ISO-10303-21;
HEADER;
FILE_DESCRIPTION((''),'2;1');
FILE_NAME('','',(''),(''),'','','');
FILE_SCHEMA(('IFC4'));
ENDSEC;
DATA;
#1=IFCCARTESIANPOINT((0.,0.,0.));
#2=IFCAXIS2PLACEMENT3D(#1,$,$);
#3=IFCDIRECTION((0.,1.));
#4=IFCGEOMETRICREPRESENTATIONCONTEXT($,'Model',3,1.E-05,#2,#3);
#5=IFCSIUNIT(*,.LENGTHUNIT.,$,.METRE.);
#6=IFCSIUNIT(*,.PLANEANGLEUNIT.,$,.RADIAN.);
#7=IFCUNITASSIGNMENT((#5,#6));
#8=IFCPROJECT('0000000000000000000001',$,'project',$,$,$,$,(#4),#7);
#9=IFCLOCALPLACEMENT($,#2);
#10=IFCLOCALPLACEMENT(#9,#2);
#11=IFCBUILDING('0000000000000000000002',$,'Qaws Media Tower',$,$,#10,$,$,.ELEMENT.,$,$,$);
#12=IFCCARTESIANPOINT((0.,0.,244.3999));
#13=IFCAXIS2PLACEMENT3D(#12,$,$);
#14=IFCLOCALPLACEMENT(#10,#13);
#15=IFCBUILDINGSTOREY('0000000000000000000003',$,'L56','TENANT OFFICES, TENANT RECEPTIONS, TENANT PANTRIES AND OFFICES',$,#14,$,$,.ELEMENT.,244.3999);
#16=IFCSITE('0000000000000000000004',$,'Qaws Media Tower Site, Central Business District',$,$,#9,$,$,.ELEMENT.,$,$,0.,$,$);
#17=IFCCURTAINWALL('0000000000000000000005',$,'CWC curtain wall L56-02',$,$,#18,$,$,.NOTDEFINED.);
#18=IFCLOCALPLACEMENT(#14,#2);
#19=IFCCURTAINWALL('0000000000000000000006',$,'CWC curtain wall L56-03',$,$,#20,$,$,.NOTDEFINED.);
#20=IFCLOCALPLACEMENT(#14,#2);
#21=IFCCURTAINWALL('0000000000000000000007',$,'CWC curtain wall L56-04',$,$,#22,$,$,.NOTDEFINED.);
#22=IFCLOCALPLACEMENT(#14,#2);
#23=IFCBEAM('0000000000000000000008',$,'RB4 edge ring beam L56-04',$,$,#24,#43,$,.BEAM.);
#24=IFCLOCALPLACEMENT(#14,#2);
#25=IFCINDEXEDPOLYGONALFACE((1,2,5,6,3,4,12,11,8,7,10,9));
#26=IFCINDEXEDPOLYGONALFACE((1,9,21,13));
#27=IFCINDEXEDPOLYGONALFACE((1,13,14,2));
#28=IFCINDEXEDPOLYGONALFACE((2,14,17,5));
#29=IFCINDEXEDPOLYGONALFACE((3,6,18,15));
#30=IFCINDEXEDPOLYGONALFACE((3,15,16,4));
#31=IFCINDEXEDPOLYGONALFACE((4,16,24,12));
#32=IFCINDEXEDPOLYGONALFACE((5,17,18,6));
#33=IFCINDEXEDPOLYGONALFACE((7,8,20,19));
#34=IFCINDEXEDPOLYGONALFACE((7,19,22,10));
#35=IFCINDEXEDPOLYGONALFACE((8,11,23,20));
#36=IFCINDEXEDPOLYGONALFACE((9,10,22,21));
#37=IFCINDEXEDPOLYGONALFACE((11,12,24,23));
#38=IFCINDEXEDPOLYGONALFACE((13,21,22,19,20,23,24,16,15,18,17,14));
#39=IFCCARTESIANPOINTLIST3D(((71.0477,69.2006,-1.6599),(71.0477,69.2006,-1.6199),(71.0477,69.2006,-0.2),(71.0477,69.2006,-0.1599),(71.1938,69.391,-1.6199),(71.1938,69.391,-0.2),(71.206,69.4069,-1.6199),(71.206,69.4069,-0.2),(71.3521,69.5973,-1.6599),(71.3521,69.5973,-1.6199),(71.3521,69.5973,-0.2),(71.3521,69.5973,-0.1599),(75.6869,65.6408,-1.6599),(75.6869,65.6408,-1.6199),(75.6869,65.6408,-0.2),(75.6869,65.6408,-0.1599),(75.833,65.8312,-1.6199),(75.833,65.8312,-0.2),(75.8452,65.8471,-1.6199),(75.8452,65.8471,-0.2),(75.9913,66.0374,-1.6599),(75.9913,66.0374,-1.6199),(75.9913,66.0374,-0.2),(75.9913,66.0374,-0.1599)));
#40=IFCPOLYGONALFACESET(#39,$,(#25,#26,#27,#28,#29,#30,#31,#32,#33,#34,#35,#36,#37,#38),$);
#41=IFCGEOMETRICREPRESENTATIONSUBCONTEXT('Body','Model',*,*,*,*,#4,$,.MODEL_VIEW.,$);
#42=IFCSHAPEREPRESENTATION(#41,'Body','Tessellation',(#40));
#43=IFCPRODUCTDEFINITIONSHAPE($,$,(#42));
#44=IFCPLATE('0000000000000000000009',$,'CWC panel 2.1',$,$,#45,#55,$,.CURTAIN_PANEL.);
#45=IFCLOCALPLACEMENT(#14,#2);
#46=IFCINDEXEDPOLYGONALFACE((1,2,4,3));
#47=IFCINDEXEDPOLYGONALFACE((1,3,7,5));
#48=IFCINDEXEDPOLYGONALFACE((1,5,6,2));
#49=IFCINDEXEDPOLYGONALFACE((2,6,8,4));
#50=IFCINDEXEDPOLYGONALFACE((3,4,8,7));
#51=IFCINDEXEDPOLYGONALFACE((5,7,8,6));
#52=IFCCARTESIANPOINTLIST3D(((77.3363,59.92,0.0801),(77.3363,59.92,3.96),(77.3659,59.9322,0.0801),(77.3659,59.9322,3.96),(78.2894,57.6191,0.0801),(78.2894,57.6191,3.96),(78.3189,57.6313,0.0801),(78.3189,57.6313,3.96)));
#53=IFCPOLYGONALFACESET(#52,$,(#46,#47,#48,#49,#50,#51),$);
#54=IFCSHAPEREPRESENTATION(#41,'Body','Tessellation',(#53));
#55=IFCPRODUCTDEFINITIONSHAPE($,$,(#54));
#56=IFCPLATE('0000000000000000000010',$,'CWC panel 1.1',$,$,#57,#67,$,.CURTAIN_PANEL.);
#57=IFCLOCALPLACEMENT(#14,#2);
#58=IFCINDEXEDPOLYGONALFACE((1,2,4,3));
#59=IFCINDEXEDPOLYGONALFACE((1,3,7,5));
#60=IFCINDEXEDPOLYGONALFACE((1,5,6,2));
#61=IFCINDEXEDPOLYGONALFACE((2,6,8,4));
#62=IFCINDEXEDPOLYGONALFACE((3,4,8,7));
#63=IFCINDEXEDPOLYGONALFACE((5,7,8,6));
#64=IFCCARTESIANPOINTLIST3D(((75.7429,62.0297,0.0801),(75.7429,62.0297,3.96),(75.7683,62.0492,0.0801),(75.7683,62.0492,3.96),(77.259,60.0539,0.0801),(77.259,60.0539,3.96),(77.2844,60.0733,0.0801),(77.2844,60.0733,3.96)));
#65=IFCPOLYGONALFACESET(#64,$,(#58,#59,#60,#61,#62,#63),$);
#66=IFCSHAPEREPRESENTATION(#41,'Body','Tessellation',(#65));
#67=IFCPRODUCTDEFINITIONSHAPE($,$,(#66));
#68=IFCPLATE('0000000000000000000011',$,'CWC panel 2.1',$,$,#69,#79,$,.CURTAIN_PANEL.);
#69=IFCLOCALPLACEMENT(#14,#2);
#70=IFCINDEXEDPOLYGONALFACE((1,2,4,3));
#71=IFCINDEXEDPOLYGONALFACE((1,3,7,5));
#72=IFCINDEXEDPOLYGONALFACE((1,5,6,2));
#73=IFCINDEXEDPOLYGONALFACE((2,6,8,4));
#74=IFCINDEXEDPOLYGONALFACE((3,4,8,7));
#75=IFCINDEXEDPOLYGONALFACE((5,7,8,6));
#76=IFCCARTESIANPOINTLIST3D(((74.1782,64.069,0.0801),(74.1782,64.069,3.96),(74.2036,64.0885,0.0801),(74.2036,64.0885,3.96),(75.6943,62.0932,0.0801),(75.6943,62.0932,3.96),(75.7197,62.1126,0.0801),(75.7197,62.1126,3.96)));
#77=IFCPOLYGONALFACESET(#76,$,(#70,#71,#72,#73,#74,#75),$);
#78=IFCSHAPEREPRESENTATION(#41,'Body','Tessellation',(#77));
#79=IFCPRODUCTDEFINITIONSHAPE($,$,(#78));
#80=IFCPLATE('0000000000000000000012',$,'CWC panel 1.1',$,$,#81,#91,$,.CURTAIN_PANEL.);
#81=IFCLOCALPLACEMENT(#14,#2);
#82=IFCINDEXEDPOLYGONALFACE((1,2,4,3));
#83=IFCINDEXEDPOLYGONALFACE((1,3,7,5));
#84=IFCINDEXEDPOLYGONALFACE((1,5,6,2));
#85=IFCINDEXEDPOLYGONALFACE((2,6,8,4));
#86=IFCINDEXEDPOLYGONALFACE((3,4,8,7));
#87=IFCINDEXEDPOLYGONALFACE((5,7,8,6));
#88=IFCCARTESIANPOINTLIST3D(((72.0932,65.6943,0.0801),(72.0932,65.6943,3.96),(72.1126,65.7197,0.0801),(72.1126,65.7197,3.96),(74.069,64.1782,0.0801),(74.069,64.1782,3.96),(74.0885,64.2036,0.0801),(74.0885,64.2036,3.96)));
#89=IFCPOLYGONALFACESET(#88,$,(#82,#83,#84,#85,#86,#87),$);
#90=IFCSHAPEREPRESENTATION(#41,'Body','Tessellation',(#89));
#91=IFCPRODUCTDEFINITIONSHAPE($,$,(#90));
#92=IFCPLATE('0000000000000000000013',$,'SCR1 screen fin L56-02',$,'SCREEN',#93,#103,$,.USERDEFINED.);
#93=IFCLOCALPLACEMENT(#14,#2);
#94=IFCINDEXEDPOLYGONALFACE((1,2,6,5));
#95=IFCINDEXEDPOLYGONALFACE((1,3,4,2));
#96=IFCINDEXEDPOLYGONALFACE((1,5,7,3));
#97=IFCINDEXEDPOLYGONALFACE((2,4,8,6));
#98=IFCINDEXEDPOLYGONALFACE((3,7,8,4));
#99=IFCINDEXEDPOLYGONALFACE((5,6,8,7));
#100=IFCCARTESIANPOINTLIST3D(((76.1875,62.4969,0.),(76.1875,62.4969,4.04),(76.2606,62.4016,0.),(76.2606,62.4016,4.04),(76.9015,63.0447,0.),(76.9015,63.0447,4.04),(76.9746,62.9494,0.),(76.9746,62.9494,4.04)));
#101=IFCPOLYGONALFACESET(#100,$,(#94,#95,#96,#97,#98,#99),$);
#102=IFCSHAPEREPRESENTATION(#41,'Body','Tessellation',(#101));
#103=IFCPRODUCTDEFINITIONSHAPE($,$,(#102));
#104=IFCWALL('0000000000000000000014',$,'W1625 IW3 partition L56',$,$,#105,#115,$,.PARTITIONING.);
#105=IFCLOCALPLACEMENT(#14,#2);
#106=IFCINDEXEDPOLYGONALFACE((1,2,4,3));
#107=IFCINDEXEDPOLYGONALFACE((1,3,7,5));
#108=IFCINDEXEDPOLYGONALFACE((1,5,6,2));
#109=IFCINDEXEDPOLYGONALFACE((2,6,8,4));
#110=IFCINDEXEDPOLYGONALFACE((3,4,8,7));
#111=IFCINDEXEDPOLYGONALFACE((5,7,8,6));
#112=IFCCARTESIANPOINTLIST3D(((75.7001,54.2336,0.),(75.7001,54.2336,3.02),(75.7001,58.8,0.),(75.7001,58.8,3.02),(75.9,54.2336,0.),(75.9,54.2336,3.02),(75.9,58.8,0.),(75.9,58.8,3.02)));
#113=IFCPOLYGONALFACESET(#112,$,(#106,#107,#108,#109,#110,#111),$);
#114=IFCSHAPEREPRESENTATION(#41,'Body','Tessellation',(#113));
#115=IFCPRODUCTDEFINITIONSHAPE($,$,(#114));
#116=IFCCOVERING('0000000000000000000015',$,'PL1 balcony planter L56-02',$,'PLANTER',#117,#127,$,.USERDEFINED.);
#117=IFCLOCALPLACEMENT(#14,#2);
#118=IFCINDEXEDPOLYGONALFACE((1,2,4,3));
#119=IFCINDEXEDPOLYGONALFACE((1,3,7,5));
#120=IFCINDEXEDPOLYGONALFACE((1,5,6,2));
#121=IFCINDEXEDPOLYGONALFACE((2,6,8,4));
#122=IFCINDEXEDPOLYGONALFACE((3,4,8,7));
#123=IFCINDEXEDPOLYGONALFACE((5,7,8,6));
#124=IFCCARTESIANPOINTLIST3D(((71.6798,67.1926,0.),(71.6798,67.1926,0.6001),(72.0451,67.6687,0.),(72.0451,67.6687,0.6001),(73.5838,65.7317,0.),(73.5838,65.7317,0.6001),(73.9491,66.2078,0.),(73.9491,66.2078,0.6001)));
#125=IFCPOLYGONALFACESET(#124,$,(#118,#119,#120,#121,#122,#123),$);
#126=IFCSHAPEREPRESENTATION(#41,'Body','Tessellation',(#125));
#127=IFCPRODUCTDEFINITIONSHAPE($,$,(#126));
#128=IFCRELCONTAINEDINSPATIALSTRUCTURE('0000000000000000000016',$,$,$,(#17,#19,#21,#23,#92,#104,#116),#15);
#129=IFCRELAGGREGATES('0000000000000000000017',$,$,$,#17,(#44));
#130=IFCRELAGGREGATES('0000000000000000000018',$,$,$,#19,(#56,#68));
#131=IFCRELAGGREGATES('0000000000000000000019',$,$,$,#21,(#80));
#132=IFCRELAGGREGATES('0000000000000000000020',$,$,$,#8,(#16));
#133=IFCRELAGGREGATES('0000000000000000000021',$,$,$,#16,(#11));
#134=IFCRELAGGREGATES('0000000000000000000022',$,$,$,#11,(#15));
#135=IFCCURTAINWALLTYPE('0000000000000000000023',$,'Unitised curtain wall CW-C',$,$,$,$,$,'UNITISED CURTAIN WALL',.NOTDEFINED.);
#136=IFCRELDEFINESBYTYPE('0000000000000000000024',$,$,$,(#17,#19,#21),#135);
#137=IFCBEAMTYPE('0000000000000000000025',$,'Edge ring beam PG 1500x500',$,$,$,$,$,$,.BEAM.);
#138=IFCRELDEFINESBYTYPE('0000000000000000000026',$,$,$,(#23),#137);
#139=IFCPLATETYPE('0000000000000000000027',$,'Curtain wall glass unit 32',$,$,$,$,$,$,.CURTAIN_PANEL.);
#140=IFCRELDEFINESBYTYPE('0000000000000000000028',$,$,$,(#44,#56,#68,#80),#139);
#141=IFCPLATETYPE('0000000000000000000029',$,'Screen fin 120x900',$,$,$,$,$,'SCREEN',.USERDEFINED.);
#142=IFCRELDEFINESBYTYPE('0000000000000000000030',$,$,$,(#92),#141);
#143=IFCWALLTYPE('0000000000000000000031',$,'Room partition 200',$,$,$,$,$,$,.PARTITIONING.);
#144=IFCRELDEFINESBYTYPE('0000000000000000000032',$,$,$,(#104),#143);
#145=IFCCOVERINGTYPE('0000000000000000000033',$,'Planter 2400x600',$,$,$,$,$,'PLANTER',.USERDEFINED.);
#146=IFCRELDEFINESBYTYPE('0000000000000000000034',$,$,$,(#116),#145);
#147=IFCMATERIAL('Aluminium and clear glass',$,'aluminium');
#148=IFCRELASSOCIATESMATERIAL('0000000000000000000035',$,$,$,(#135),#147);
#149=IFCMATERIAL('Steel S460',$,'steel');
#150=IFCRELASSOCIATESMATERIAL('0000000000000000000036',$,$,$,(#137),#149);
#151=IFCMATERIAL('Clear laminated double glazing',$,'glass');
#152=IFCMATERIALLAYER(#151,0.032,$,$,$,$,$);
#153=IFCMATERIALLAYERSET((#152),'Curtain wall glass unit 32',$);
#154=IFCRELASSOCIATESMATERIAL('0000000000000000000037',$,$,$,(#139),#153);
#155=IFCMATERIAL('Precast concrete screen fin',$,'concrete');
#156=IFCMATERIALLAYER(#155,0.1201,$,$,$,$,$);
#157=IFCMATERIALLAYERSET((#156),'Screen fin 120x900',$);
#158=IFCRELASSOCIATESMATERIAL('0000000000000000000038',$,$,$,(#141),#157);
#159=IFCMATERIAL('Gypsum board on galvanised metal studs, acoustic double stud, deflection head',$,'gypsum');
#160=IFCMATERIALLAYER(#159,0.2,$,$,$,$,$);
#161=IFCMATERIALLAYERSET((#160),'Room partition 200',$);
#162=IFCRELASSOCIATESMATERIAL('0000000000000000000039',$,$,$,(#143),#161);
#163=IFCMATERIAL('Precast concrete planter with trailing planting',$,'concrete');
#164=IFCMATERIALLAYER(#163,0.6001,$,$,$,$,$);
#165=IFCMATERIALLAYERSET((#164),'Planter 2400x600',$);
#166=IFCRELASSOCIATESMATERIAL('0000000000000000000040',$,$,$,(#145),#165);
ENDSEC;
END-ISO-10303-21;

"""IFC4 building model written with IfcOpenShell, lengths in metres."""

from ifc_helpers import new_model, si_unit, direction, frame, frame_2d, origin, origin_2d, place, context, subcontext, project, spatial, rectangle, i_section, extrude, material, layer, layer_set, material_profile, profile_set, type_object, element, aggregate, save


model = new_model("IFC4")

# Units and contexts
model_context = context("Model", 3, precision=1e-05, world=origin(), true_north=direction((0.0, 1.0)))
body_context = subcontext(model_context, "Body", "Model", "MODEL_VIEW")
ifc_project = project(units=[si_unit("LENGTHUNIT", "METRE"), si_unit("PLANEANGLEUNIT", "RADIAN")], contexts=[model_context])

# Site, building, storey
site_placement = place(None, origin())
site = spatial("IfcSite", under=ifc_project, at=site_placement, Name="Qaws Media Tower Site, Central Business District", CompositionType="ELEMENT", RefElevation=0.0)
building_placement = place(site_placement, origin())
building = spatial("IfcBuilding", under=site, at=building_placement, Name="Qaws Media Tower", CompositionType="ELEMENT")
storey_placement = place(building_placement, frame((0.0, 0.0, 244.3999)))
storey = spatial("IfcBuildingStorey", under=building, at=storey_placement, Name="L56", Description="TENANT OFFICES, TENANT RECEPTIONS, TENANT PANTRIES AND OFFICES", CompositionType="ELEMENT", Elevation=244.3999)

# Curtain wall
ifc_material_1 = material(Name="Aluminium and clear glass", Category="aluminium")
curtain_wall_type = type_object("IfcCurtainWallType", Name="Unitised curtain wall CW-C", ElementType="UNITISED CURTAIN WALL", PredefinedType="NOTDEFINED", material=ifc_material_1)
curtain_wall_1_placement = place(storey_placement, origin())
curtain_wall_1 = element("IfcCurtainWall", 1, at=curtain_wall_1_placement, inside=storey, type_object=curtain_wall_type, Name="CWC curtain wall L56-02", PredefinedType="NOTDEFINED")

# Curtain walls
curtain_wall_2_placement = place(storey_placement, origin())
curtain_wall_2 = element("IfcCurtainWall", 2, at=curtain_wall_2_placement, inside=storey, type_object=curtain_wall_type, Name="CWC curtain wall L56-03", PredefinedType="NOTDEFINED")
curtain_wall_3_placement = place(storey_placement, origin())
curtain_wall_3 = element("IfcCurtainWall", 3, at=curtain_wall_3_placement, inside=storey, type_object=curtain_wall_type, Name="CWC curtain wall L56-04", PredefinedType="NOTDEFINED")

# Beam
ifc_material_2 = material(Name="Steel S460", Category="steel")
ifc_material_profile_1 = material_profile(ifc_material_2, i_section(OverallWidth=0.5, OverallDepth=1.5, WebThickness=0.02, FlangeThickness=0.04, at=origin_2d()), Name="PG 1500x500")
ifc_profile_set_1 = profile_set([ifc_material_profile_1], Name="Steel S460")
beam_type = type_object("IfcBeamType", Name="Edge ring beam PG 1500x500", PredefinedType="BEAM", material=ifc_profile_set_1)
for number, where, z_axis, x_axis, name in (
    (4, (75.8391, 65.8391, -0.9099), (-0.793348, 0.608768, 0.0), (-0.608768, -0.793348, 0.0), "RB4 edge ring beam L56-04"),
):
    element("IfcBeam", number, at=place(storey_placement, frame(where, z_axis=z_axis, x_axis=x_axis)), inside=storey, type_object=beam_type, Name=name, PredefinedType="BEAM", context=body_context, shape_type="SweptSolid", body=[
        extrude(i_section(OverallWidth=0.5, OverallDepth=1.5, WebThickness=0.02, FlangeThickness=0.04, at=origin_2d()), origin(), (0.0, 0.0, 1.0), 5.8477),
    ])

# Plates
ifc_material_3 = material(Name="Clear laminated double glazing", Category="glass")
ifc_layer_1 = layer(ifc_material_3, 0.032)
ifc_layer_set_1 = layer_set([ifc_layer_1], Name="Curtain wall glass unit 32")
plate_type_1 = type_object("IfcPlateType", Name="Curtain wall glass unit 32", PredefinedType="CURTAIN_PANEL", material=ifc_layer_set_1)
plate_1_placement = place(storey_placement, frame((77.8276, 58.7756, 0.0801), z_axis=(0.0, 0.0, 1.0), x_axis=(-0.382684, 0.923879, 0.0)))
plate_1 = element("IfcPlate", 5, at=plate_1_placement, type_object=plate_type_1, Name="CWC panel 2.1", PredefinedType="CURTAIN_PANEL", context=body_context, shape_type="SweptSolid", body=[
    extrude(rectangle(XDim=2.4905, YDim=0.032, at=origin_2d()), origin(), (0.0, 0.0, 1.0), 3.8799),
])
aggregate(curtain_wall_1, [plate_1])
plate_2_placement = place(storey_placement, frame((76.5137, 61.0515, 0.0801), z_axis=(0.0, 0.0, 1.0), x_axis=(-0.608761, 0.793353, 0.0)))
plate_2 = element("IfcPlate", 6, at=plate_2_placement, type_object=plate_type_1, Name="CWC panel 1.1", PredefinedType="CURTAIN_PANEL", context=body_context, shape_type="SweptSolid", body=[
    extrude(rectangle(XDim=2.4905, YDim=0.032, at=origin_2d()), origin(), (0.0, 0.0, 1.0), 3.8799),
])
plate_3_placement = place(storey_placement, frame((74.949, 63.0908, 0.0801), z_axis=(0.0, 0.0, 1.0), x_axis=(-0.608761, 0.793353, 0.0)))
plate_3 = element("IfcPlate", 7, at=plate_3_placement, type_object=plate_type_1, Name="CWC panel 2.1", PredefinedType="CURTAIN_PANEL", context=body_context, shape_type="SweptSolid", body=[
    extrude(rectangle(XDim=2.4905, YDim=0.032, at=origin_2d()), origin(), (0.0, 0.0, 1.0), 3.8799),
])
aggregate(curtain_wall_2, [plate_2, plate_3])
plate_4_placement = place(storey_placement, frame((73.0908, 64.949, 0.0801), z_axis=(0.0, 0.0, 1.0), x_axis=(-0.793353, 0.608761, 0.0)))
plate_4 = element("IfcPlate", 8, at=plate_4_placement, type_object=plate_type_1, Name="CWC panel 1.1", PredefinedType="CURTAIN_PANEL", context=body_context, shape_type="SweptSolid", body=[
    extrude(rectangle(XDim=2.4905, YDim=0.032, at=origin_2d()), origin(), (0.0, 0.0, 1.0), 3.8799),
])
aggregate(curtain_wall_3, [plate_4])
ifc_material_4 = material(Name="Precast concrete screen fin", Category="concrete")
ifc_layer_2 = layer(ifc_material_4, 0.1201)
ifc_layer_set_2 = layer_set([ifc_layer_2], Name="Screen fin 120x900")
plate_type_2 = type_object("IfcPlateType", Name="Screen fin 120x900", ElementType="SCREEN", PredefinedType="USERDEFINED", material=ifc_layer_set_2)
plate_5_placement = place(storey_placement, frame((76.5811, 62.7231, 0.0), z_axis=(0.0, 0.0, 1.0), x_axis=(0.793353, 0.608761, 0.0)))
element("IfcPlate", 9, at=plate_5_placement, inside=storey, type_object=plate_type_2, Name="SCR1 screen fin L56-02", ObjectType="SCREEN", PredefinedType="USERDEFINED", context=body_context, shape_type="SweptSolid", body=[
    extrude(rectangle(XDim=0.8999, YDim=0.1201, at=origin_2d()), origin(), (0.0, 0.0, 1.0), 4.04),
])

# Wall
ifc_material_5 = material(Name="Gypsum board on galvanised metal studs, acoustic double stud, deflection head", Category="gypsum")
ifc_layer_3 = layer(ifc_material_5, 0.2)
ifc_layer_set_3 = layer_set([ifc_layer_3], Name="Room partition 200")
wall_type = type_object("IfcWallType", Name="Room partition 200", PredefinedType="PARTITIONING", material=ifc_layer_set_3)
wall_placement = place(storey_placement, frame((75.8, 58.8, 0.0), z_axis=(0.0, 0.0, 1.0), x_axis=(0.0, -1.0, 0.0)))
element("IfcWall", 10, at=wall_placement, inside=storey, type_object=wall_type, Name="W1625 IW3 partition L56", PredefinedType="PARTITIONING", context=body_context, shape_type="SweptSolid", body=[
    extrude(rectangle(XDim=4.5664, YDim=0.2, at=frame_2d((2.2832, 0.0))), origin(), (0.0, 0.0, 1.0), 3.02),
])

# Covering
ifc_material_6 = material(Name="Precast concrete planter with trailing planting", Category="concrete")
ifc_layer_4 = layer(ifc_material_6, 0.6001)
ifc_layer_set_4 = layer_set([ifc_layer_4], Name="Planter 2400x600")
covering_type = type_object("IfcCoveringType", Name="Planter 2400x600", ElementType="PLANTER", PredefinedType="USERDEFINED", material=ifc_layer_set_4)
covering_placement = place(storey_placement, frame((72.8145, 66.7002, 0.0), z_axis=(0.0, 0.0, 1.0), x_axis=(-0.793353, 0.608761, 0.0)))
element("IfcCovering", 11, at=covering_placement, inside=storey, type_object=covering_type, Name="PL1 balcony planter L56-02", ObjectType="PLANTER", PredefinedType="USERDEFINED", context=body_context, shape_type="SweptSolid", body=[
    extrude(rectangle(XDim=2.3999, YDim=0.6001, at=origin_2d()), origin(), (0.0, 0.0, 1.0), 0.6001),
])

save(model, "model.ifc")
